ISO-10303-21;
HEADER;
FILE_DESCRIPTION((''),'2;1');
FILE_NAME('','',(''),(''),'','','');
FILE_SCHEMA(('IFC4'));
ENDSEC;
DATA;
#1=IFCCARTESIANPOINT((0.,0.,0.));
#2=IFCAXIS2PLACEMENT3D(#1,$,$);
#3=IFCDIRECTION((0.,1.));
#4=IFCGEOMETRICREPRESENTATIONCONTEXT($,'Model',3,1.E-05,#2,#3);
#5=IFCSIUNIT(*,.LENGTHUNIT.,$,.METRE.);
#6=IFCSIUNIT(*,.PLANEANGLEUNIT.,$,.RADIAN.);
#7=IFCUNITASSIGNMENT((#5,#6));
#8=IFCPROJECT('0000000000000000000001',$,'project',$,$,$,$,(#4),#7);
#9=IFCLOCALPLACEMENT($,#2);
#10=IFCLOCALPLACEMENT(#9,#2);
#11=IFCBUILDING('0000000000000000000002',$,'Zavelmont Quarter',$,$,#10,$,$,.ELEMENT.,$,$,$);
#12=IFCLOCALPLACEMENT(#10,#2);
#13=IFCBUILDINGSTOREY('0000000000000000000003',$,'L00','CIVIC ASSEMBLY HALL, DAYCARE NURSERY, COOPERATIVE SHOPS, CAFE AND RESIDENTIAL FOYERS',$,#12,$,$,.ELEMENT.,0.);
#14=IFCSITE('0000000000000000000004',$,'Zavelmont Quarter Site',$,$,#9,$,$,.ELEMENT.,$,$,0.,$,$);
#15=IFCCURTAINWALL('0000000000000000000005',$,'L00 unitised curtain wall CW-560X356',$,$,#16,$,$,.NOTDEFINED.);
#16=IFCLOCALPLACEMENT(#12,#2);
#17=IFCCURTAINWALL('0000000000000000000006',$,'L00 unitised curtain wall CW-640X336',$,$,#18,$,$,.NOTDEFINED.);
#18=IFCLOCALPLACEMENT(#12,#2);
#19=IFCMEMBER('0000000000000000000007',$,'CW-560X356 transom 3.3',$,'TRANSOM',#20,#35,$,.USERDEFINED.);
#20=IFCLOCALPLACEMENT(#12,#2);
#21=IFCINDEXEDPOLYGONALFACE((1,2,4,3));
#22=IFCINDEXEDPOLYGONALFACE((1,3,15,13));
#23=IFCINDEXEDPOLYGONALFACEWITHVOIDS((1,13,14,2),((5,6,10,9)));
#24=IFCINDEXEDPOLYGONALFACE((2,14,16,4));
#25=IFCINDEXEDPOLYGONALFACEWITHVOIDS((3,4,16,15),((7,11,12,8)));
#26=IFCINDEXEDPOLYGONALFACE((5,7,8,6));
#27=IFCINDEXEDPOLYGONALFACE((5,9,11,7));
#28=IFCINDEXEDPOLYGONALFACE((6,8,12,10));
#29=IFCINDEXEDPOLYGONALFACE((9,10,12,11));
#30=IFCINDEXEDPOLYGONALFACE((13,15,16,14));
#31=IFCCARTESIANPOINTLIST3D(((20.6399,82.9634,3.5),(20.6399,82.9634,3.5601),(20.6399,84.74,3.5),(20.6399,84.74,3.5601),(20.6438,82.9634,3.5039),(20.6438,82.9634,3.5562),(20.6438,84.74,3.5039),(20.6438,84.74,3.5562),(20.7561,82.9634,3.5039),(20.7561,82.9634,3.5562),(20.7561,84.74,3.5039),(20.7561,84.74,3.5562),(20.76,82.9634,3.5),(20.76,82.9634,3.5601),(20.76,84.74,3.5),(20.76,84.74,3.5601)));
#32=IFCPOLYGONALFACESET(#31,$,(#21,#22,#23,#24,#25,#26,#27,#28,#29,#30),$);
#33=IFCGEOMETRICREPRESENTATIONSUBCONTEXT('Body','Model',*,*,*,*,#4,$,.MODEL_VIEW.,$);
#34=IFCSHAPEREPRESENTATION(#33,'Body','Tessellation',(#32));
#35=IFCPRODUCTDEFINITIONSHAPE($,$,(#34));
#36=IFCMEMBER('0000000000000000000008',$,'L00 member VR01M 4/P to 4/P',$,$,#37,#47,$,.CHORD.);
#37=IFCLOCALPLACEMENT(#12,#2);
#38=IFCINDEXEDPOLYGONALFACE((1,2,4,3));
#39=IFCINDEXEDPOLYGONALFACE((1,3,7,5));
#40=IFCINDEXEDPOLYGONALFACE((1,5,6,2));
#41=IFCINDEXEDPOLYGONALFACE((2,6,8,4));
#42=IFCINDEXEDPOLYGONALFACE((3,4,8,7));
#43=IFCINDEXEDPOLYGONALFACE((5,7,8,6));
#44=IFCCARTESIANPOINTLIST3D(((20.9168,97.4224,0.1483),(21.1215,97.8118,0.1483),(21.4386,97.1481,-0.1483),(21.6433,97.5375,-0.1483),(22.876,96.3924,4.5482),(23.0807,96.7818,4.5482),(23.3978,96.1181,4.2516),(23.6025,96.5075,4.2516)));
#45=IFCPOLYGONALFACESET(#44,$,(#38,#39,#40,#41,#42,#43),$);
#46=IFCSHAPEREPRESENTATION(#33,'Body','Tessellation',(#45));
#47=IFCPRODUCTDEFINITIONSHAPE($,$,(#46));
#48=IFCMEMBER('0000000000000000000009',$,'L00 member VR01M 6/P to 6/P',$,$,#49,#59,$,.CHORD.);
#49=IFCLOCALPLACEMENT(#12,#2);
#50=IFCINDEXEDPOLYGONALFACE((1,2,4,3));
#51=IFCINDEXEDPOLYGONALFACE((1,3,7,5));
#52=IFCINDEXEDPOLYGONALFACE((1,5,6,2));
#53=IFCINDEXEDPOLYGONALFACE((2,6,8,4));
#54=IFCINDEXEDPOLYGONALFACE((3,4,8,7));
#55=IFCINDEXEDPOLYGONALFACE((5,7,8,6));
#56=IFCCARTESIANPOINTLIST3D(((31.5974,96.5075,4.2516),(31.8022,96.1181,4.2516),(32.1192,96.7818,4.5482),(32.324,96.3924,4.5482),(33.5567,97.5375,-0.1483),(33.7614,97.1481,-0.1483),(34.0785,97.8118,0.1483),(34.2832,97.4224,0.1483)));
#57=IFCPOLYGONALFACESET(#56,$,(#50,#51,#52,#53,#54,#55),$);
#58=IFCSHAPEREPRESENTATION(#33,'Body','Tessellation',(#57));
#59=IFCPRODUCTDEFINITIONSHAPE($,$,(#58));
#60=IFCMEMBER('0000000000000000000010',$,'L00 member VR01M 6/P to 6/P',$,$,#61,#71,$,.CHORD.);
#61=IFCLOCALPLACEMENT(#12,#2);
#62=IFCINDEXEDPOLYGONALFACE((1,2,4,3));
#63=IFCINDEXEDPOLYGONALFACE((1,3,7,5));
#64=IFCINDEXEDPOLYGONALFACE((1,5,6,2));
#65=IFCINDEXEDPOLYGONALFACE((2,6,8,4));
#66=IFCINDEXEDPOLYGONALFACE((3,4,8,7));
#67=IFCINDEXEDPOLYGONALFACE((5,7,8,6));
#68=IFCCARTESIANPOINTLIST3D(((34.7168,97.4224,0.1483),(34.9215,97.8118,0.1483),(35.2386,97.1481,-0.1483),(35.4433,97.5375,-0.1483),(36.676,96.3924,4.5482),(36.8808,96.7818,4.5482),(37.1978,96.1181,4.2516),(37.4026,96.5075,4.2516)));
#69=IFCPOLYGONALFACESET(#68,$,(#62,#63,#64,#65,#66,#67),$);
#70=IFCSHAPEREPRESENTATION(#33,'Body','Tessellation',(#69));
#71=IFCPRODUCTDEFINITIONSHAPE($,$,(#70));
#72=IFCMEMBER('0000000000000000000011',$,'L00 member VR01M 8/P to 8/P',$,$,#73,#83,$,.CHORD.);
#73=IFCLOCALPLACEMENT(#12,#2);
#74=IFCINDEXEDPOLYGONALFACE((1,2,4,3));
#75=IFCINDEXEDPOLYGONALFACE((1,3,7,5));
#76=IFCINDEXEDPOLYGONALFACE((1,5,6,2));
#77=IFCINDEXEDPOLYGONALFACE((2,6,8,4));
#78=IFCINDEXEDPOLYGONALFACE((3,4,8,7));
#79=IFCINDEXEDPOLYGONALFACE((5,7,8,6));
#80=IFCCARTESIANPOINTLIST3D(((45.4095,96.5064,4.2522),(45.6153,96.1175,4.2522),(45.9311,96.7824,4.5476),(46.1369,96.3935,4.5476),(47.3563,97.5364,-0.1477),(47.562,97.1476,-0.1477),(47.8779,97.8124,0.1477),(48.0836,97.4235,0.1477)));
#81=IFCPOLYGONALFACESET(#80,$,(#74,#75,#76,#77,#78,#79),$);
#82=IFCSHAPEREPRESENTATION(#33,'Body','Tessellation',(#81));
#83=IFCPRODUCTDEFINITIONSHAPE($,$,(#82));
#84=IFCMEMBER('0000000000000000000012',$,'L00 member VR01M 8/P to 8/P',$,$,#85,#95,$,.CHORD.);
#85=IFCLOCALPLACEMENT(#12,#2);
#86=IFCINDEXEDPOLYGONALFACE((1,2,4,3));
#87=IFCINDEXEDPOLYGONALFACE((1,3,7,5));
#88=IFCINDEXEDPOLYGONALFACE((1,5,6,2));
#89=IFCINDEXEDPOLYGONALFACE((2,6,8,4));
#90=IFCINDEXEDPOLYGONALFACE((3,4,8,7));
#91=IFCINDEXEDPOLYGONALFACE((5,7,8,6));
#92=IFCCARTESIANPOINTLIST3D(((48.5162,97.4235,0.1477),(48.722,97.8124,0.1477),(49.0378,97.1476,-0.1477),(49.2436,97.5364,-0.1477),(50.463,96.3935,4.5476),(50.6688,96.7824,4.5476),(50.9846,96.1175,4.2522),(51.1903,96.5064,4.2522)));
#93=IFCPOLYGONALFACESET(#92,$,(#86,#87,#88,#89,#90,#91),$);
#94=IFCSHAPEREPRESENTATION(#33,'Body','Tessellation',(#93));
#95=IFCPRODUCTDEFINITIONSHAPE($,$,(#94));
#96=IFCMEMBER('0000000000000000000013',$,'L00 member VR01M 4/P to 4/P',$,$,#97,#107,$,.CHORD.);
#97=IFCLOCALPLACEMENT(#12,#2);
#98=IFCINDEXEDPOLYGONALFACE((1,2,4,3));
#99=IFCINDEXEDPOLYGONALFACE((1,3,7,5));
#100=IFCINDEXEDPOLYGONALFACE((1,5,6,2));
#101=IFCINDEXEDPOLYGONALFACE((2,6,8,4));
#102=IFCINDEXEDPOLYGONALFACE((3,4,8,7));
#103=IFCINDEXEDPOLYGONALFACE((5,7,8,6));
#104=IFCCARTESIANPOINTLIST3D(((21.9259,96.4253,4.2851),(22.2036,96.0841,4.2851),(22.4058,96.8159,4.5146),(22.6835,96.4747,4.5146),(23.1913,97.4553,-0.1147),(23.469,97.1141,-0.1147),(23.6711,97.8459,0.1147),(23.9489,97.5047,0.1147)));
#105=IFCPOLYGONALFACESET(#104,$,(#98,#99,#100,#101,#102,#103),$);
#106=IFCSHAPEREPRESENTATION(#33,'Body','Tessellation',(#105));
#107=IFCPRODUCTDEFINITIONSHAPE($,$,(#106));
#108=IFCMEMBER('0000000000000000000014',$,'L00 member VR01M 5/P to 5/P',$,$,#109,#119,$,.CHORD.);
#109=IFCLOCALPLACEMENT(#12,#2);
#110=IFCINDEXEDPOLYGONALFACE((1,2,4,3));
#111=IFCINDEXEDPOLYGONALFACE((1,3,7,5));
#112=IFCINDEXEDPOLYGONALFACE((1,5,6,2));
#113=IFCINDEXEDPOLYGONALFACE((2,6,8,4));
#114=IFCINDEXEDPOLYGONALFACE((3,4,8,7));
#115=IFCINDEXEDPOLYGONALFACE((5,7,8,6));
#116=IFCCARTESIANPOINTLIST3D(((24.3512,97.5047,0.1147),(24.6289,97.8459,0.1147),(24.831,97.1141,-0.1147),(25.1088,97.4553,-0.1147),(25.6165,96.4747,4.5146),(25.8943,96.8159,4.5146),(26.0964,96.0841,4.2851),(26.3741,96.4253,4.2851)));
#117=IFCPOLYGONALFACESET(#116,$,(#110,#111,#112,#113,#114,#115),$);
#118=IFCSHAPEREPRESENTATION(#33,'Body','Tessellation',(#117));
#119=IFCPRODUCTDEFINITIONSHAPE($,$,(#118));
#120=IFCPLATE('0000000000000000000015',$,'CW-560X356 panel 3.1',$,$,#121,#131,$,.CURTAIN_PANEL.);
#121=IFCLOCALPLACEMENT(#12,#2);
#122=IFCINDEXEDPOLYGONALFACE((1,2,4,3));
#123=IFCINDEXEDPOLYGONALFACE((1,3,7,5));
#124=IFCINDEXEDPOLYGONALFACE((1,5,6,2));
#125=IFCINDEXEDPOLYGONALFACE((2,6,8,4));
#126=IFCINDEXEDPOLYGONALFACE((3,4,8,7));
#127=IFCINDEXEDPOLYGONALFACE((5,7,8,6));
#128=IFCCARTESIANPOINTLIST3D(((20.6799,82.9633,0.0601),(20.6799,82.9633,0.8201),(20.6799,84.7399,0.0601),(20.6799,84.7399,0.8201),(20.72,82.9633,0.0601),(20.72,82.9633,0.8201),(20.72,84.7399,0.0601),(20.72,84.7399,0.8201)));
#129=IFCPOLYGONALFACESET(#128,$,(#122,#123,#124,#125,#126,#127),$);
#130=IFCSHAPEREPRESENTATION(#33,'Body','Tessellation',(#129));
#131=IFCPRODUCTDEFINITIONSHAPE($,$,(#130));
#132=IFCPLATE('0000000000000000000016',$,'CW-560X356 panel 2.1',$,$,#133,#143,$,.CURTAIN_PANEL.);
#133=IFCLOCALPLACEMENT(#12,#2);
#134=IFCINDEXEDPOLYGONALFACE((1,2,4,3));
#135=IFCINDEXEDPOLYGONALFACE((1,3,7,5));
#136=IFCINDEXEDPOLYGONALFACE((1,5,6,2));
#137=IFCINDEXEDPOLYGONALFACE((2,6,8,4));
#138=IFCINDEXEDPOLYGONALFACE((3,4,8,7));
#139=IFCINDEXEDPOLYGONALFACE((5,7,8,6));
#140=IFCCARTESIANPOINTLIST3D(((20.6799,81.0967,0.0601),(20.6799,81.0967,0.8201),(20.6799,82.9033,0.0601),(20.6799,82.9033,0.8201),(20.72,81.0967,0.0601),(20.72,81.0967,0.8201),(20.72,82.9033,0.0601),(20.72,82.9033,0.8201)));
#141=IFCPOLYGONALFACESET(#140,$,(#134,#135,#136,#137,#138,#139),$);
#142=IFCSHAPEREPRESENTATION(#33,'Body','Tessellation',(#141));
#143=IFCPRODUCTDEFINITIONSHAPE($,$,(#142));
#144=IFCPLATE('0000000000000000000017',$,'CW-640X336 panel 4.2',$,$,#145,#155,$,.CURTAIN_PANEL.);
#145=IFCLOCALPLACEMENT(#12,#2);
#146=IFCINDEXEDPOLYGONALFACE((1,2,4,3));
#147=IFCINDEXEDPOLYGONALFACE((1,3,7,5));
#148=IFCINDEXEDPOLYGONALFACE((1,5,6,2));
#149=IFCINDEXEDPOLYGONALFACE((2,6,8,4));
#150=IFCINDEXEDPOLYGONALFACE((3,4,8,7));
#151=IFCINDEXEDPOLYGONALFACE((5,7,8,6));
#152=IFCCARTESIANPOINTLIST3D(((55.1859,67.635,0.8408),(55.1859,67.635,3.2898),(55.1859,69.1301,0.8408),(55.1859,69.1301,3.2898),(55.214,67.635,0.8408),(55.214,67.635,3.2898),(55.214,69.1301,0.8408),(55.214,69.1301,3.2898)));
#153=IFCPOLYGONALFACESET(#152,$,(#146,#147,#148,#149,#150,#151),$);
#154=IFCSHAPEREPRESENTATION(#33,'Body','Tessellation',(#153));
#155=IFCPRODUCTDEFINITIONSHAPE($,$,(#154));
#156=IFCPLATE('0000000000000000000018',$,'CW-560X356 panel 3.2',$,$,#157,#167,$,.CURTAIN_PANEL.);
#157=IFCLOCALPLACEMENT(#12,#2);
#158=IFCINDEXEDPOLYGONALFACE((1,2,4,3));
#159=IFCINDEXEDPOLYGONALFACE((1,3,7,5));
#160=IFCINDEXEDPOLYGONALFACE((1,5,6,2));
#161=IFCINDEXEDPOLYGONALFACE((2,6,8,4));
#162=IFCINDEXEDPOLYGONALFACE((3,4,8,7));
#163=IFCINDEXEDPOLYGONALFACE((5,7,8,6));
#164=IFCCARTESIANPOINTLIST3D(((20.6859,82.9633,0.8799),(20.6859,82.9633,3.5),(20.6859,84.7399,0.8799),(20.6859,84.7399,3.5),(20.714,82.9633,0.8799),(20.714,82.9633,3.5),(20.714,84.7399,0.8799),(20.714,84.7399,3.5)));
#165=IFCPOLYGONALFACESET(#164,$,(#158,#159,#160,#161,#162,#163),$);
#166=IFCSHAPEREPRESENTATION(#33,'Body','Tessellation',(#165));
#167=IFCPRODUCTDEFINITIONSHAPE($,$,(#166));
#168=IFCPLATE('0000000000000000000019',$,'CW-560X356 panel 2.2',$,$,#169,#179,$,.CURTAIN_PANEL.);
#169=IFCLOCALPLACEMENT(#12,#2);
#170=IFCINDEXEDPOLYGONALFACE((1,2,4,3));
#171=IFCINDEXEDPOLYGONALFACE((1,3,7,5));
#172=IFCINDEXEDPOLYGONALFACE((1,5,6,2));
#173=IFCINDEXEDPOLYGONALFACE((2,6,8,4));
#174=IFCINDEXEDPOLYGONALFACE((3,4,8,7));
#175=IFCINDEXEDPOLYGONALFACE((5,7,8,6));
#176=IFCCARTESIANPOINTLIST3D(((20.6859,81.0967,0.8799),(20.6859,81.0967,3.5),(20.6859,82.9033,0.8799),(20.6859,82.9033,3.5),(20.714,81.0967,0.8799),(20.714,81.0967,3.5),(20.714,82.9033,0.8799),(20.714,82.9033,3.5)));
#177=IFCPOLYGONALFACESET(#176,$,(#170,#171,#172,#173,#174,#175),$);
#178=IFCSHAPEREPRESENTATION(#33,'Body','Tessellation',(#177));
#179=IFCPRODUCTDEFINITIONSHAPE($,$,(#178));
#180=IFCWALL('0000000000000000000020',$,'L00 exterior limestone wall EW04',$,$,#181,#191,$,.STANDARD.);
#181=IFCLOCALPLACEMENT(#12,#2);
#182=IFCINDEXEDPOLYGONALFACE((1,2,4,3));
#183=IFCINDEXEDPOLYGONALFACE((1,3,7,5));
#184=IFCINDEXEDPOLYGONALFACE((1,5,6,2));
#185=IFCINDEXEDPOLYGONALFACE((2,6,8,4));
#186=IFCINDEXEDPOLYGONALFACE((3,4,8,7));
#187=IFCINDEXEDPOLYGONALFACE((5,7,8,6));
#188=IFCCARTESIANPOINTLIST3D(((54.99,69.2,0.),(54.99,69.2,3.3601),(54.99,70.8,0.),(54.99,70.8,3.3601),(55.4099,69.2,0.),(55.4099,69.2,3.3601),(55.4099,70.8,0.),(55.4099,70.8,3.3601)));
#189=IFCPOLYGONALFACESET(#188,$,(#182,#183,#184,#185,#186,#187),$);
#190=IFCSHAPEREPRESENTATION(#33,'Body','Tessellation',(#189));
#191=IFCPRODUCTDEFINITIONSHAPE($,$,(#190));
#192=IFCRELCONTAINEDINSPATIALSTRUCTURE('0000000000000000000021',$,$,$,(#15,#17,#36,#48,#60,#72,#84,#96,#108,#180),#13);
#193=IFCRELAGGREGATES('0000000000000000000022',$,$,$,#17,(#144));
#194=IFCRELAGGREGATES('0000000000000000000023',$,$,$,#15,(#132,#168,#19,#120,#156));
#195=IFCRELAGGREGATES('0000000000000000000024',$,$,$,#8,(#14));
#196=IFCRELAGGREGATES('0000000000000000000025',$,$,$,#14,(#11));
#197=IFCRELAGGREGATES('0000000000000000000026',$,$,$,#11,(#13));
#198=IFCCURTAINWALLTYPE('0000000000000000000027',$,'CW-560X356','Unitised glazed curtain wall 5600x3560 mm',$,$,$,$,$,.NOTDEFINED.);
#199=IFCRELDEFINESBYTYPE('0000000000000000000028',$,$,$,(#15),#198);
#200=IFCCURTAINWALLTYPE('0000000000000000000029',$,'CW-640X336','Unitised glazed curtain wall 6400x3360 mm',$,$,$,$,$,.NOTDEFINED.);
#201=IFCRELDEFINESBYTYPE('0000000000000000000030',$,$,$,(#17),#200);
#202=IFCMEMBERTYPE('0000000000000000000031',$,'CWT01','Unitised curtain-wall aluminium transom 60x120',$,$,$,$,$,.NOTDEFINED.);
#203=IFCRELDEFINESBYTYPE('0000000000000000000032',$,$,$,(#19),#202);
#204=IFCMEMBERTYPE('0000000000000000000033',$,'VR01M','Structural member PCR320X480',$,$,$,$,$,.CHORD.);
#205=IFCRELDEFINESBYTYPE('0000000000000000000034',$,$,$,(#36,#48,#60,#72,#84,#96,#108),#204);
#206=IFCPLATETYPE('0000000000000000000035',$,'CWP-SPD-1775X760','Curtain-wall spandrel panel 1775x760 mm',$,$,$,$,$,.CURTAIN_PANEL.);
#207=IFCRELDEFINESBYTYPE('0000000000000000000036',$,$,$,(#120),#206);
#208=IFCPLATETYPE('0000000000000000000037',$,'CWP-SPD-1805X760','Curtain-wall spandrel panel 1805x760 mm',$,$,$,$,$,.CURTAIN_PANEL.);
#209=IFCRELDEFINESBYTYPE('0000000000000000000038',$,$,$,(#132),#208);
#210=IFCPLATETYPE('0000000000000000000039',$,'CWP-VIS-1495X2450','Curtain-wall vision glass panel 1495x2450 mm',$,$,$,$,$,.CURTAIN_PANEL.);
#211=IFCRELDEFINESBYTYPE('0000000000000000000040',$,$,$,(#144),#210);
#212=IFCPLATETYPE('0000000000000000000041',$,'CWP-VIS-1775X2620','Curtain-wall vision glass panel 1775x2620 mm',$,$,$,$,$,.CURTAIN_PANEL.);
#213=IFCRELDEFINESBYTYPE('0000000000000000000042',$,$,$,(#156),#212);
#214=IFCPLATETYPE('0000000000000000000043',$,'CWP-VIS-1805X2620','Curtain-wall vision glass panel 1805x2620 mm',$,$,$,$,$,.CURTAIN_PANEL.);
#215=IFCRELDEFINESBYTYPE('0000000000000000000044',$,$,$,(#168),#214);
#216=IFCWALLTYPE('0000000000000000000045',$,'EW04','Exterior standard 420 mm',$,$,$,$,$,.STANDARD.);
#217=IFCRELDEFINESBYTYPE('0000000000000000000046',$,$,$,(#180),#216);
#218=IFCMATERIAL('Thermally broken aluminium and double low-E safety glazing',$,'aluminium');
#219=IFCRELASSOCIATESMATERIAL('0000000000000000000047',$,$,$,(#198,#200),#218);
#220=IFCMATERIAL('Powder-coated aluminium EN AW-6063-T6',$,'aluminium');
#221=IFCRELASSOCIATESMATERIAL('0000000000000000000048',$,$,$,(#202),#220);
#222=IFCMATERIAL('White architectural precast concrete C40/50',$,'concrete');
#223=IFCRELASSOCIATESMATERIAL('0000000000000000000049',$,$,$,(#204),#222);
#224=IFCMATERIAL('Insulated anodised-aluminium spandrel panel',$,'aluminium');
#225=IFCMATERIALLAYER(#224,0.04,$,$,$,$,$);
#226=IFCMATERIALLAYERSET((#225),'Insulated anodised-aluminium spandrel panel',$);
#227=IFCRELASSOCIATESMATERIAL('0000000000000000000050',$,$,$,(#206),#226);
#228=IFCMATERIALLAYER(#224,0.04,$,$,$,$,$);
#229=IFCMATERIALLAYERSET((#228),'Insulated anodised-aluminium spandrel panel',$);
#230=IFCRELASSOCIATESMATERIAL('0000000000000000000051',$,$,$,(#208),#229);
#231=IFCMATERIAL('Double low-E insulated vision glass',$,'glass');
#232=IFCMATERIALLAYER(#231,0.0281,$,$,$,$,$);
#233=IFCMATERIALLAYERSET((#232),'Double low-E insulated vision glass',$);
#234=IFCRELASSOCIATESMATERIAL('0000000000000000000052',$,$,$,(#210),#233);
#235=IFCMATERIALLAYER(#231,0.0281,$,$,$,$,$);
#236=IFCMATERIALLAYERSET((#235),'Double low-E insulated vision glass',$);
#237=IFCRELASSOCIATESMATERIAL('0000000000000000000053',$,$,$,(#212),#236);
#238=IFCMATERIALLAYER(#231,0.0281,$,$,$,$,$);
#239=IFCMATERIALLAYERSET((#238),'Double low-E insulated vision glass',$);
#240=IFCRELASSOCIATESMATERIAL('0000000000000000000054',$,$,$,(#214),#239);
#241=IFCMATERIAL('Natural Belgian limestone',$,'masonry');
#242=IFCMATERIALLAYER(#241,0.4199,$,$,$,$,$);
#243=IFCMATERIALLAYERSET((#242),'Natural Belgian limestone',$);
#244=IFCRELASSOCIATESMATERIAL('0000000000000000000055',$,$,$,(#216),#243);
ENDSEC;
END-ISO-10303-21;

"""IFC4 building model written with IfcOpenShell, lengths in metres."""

from ifc_helpers import new_model, si_unit, direction, frame, frame_2d, origin, origin_2d, place, context, subcontext, project, spatial, rectangle, hollow_rectangle, extrude, material, layer, layer_set, material_profile, profile_set, type_object, element, aggregate, save


model = new_model("IFC4")

# Units and contexts
model_context = context("Model", 3, precision=1e-05, world=origin(), true_north=direction((0.0, 1.0)))
body_context = subcontext(model_context, "Body", "Model", "MODEL_VIEW")
ifc_project = project(units=[si_unit("LENGTHUNIT", "METRE"), si_unit("PLANEANGLEUNIT", "RADIAN")], contexts=[model_context])

# Site, building, storey
site_placement = place(None, origin())
site = spatial("IfcSite", under=ifc_project, at=site_placement, Name="Zavelmont Quarter Site", CompositionType="ELEMENT", RefElevation=0.0)
building_placement = place(site_placement, origin())
building = spatial("IfcBuilding", under=site, at=building_placement, Name="Zavelmont Quarter", CompositionType="ELEMENT")
storey_placement = place(building_placement, origin())
storey = spatial("IfcBuildingStorey", under=building, at=storey_placement, Name="L00", Description="CIVIC ASSEMBLY HALL, DAYCARE NURSERY, COOPERATIVE SHOPS, CAFE AND RESIDENTIAL FOYERS", CompositionType="ELEMENT", Elevation=0.0)

# Curtain wall
ifc_material_1 = material(Name="Thermally broken aluminium and double low-E safety glazing", Category="aluminium")
curtain_wall_type_1 = type_object("IfcCurtainWallType", Name="CW-560X356", Description="Unitised glazed curtain wall 5600x3560 mm", PredefinedType="NOTDEFINED", material=ifc_material_1)
curtain_wall_1_placement = place(storey_placement, origin())
curtain_wall_1 = element("IfcCurtainWall", 1, at=curtain_wall_1_placement, inside=storey, type_object=curtain_wall_type_1, Name="L00 unitised curtain wall CW-560X356", PredefinedType="NOTDEFINED")
ifc_material_2 = material(Name="Powder-coated aluminium EN AW-6063-T6", Category="aluminium")

# Curtain wall
curtain_wall_type_2 = type_object("IfcCurtainWallType", Name="CW-640X336", Description="Unitised glazed curtain wall 6400x3360 mm", PredefinedType="NOTDEFINED", material=ifc_material_1)
curtain_wall_2_placement = place(storey_placement, origin())
curtain_wall_2 = element("IfcCurtainWall", 2, at=curtain_wall_2_placement, inside=storey, type_object=curtain_wall_type_2, Name="L00 unitised curtain wall CW-640X336", PredefinedType="NOTDEFINED")

# Member
ifc_material_profile_1 = material_profile(ifc_material_2, hollow_rectangle(XDim=0.1201, YDim=0.0601, WallThickness=0.0039, at=origin_2d()), Name="CWT60X120")
ifc_profile_set_1 = profile_set([ifc_material_profile_1], Name="Powder-coated aluminium EN AW-6063-T6")
member_type_1 = type_object("IfcMemberType", Name="CWT01", Description="Unitised curtain-wall aluminium transom 60x120", PredefinedType="NOTDEFINED", material=ifc_profile_set_1)
member_1_placement = place(storey_placement, frame((20.7, 82.9634, 3.53), z_axis=(0.0, 1.0, 0.0), x_axis=(-1.0, 0.0, 0.0)))
member_1 = element("IfcMember", 3, at=member_1_placement, type_object=member_type_1, Name="CW-560X356 transom 3.3", ObjectType="TRANSOM", PredefinedType="USERDEFINED", context=body_context, shape_type="SweptSolid", body=[
    extrude(hollow_rectangle(XDim=0.1201, YDim=0.0601, WallThickness=0.0039, at=origin_2d()), origin(), (0.0, 0.0, 1.0), 1.7766),
])

# Members
ifc_material_3 = material(Name="White architectural precast concrete C40/50", Category="concrete")
ifc_material_profile_2 = material_profile(ifc_material_3, rectangle(XDim=0.4399, YDim=0.6599, at=origin_2d()), Name="PCR320X480")
ifc_profile_set_2 = profile_set([ifc_material_profile_2], Name="White architectural precast concrete C40/50")
member_type_2 = type_object("IfcMemberType", Name="VR01M", Description="Structural member PCR320X480", PredefinedType="CHORD", material=ifc_profile_set_2)
for number, where, z_axis, x_axis, name in (
    (4, (21.28, 97.48, 0.0), (0.397788, -0.20913, 0.893325), (0.465342, 0.885131, 0.0), "L00 member VR01M 4/P to 4/P"),
    (5, (33.9199, 97.48, 0.0), (-0.397788, -0.20913, 0.893325), (0.465342, -0.885131, 0.0), "L00 member VR01M 6/P to 6/P"),
    (6, (35.0801, 97.48, 0.0), (0.397788, -0.20913, 0.893325), (0.465342, 0.885131, 0.0), "L00 member VR01M 6/P to 6/P"),
):
    element("IfcMember", number, at=place(storey_placement, frame(where, z_axis=z_axis, x_axis=x_axis)), inside=storey, type_object=member_type_2, Name=name, PredefinedType="CHORD", context=body_context, shape_type="SweptSolid", body=[
        extrude(rectangle(XDim=0.4399, YDim=0.6599, at=origin_2d()), origin(), (0.0, 0.0, 1.0), 4.9253),
    ])
for number, where, z_axis, x_axis, name in (
    (7, (47.72, 97.48, 0.0), (-0.395657, -0.20934, 0.894222), (0.467669, -0.883904, 0.0), "L00 member VR01M 8/P to 8/P"),
    (8, (48.8799, 97.48, 0.0), (0.395657, -0.20934, 0.894222), (0.467669, 0.883904, 0.0), "L00 member VR01M 8/P to 8/P"),
):
    element("IfcMember", number, at=place(storey_placement, frame(where, z_axis=z_axis, x_axis=x_axis)), inside=storey, type_object=member_type_2, Name=name, PredefinedType="CHORD", context=body_context, shape_type="SweptSolid", body=[
        extrude(rectangle(XDim=0.4399, YDim=0.6599, at=origin_2d()), origin(), (0.0, 0.0, 1.0), 4.9204),
    ])
for number, where, z_axis, x_axis, name in (
    (9, (23.5701, 97.48, 0.0), (-0.26965, -0.219497, 0.937609), (0.631297, -0.775542, 0.0), "L00 member VR01M 4/P to 4/P"),
    (10, (24.73, 97.48, 0.0), (0.26965, -0.219497, 0.937609), (0.631297, 0.775542, 0.0), "L00 member VR01M 5/P to 5/P"),
):
    element("IfcMember", number, at=place(storey_placement, frame(where, z_axis=z_axis, x_axis=x_axis)), inside=storey, type_object=member_type_2, Name=name, PredefinedType="CHORD", context=body_context, shape_type="SweptSolid", body=[
        extrude(rectangle(XDim=0.4399, YDim=0.6599, at=origin_2d()), origin(), (0.0, 0.0, 1.0), 4.6926),
    ])

# Plates
ifc_material_4 = material(Name="Insulated anodised-aluminium spandrel panel", Category="aluminium")
ifc_layer_1 = layer(ifc_material_4, 0.04)
ifc_layer_set_1 = layer_set([ifc_layer_1], Name="Insulated anodised-aluminium spandrel panel")
plate_type_1 = type_object("IfcPlateType", Name="CWP-SPD-1775X760", Description="Curtain-wall spandrel panel 1775x760 mm", PredefinedType="CURTAIN_PANEL", material=ifc_layer_set_1)
plate_1_placement = place(storey_placement, frame((20.7, 83.8516, 0.0601), z_axis=(0.0, 0.0, 1.0), x_axis=(0.0, 1.0, 0.0)))
plate_1 = element("IfcPlate", 11, at=plate_1_placement, type_object=plate_type_1, Name="CW-560X356 panel 3.1", PredefinedType="CURTAIN_PANEL", context=body_context, shape_type="SweptSolid", body=[
    extrude(rectangle(XDim=1.7766, YDim=0.04, at=origin_2d()), origin(), (0.0, 0.0, 1.0), 0.76),
])
ifc_layer_2 = layer(ifc_material_4, 0.04)
ifc_layer_set_2 = layer_set([ifc_layer_2], Name="Insulated anodised-aluminium spandrel panel")
plate_type_2 = type_object("IfcPlateType", Name="CWP-SPD-1805X760", Description="Curtain-wall spandrel panel 1805x760 mm", PredefinedType="CURTAIN_PANEL", material=ifc_layer_set_2)
plate_2_placement = place(storey_placement, frame((20.7, 82.0, 0.0601), z_axis=(0.0, 0.0, 1.0), x_axis=(0.0, 1.0, 0.0)))
plate_2 = element("IfcPlate", 12, at=plate_2_placement, type_object=plate_type_2, Name="CW-560X356 panel 2.1", PredefinedType="CURTAIN_PANEL", context=body_context, shape_type="SweptSolid", body=[
    extrude(rectangle(XDim=1.8066, YDim=0.04, at=origin_2d()), origin(), (0.0, 0.0, 1.0), 0.76),
])
ifc_material_5 = material(Name="Double low-E insulated vision glass", Category="glass")
ifc_layer_3 = layer(ifc_material_5, 0.0281)
ifc_layer_set_3 = layer_set([ifc_layer_3], Name="Double low-E insulated vision glass")
plate_type_3 = type_object("IfcPlateType", Name="CWP-VIS-1495X2450", Description="Curtain-wall vision glass panel 1495x2450 mm", PredefinedType="CURTAIN_PANEL", material=ifc_layer_set_3)
plate_3_placement = place(storey_placement, frame((55.2, 68.3826, 0.8408), z_axis=(0.0, 0.0, 1.0), x_axis=(0.0, 1.0, 0.0)))
plate_3 = element("IfcPlate", 13, at=plate_3_placement, type_object=plate_type_3, Name="CW-640X336 panel 4.2", PredefinedType="CURTAIN_PANEL", context=body_context, shape_type="SweptSolid", body=[
    extrude(rectangle(XDim=1.4951, YDim=0.0281, at=origin_2d()), origin(), (0.0, 0.0, 1.0), 2.449),
])
aggregate(curtain_wall_2, [plate_3])
ifc_layer_4 = layer(ifc_material_5, 0.0281)
ifc_layer_set_4 = layer_set([ifc_layer_4], Name="Double low-E insulated vision glass")
plate_type_4 = type_object("IfcPlateType", Name="CWP-VIS-1775X2620", Description="Curtain-wall vision glass panel 1775x2620 mm", PredefinedType="CURTAIN_PANEL", material=ifc_layer_set_4)
plate_4_placement = place(storey_placement, frame((20.7, 83.8516, 0.8799), z_axis=(0.0, 0.0, 1.0), x_axis=(0.0, 1.0, 0.0)))
plate_4 = element("IfcPlate", 14, at=plate_4_placement, type_object=plate_type_4, Name="CW-560X356 panel 3.2", PredefinedType="CURTAIN_PANEL", context=body_context, shape_type="SweptSolid", body=[
    extrude(rectangle(XDim=1.7766, YDim=0.0281, at=origin_2d()), origin(), (0.0, 0.0, 1.0), 2.6201),
])
ifc_layer_5 = layer(ifc_material_5, 0.0281)
ifc_layer_set_5 = layer_set([ifc_layer_5], Name="Double low-E insulated vision glass")
plate_type_5 = type_object("IfcPlateType", Name="CWP-VIS-1805X2620", Description="Curtain-wall vision glass panel 1805x2620 mm", PredefinedType="CURTAIN_PANEL", material=ifc_layer_set_5)
plate_5_placement = place(storey_placement, frame((20.7, 82.0, 0.8799), z_axis=(0.0, 0.0, 1.0), x_axis=(0.0, 1.0, 0.0)))
plate_5 = element("IfcPlate", 15, at=plate_5_placement, type_object=plate_type_5, Name="CW-560X356 panel 2.2", PredefinedType="CURTAIN_PANEL", context=body_context, shape_type="SweptSolid", body=[
    extrude(rectangle(XDim=1.8066, YDim=0.0281, at=origin_2d()), origin(), (0.0, 0.0, 1.0), 2.6201),
])
aggregate(curtain_wall_1, [plate_2, plate_5, member_1, plate_1, plate_4])

# Wall
ifc_material_6 = material(Name="Natural Belgian limestone", Category="masonry")
ifc_layer_6 = layer(ifc_material_6, 0.4199)
ifc_layer_set_6 = layer_set([ifc_layer_6], Name="Natural Belgian limestone")
wall_type_1 = type_object("IfcWallType", Name="EW04", Description="Exterior standard 420 mm", PredefinedType="STANDARD", material=ifc_layer_set_6)
wall_1_placement = place(storey_placement, frame((55.2, 69.2, 0.0), z_axis=(0.0, 0.0, 1.0), x_axis=(0.0, 1.0, 0.0)))
element("IfcWall", 16, at=wall_1_placement, inside=storey, type_object=wall_type_1, Name="L00 exterior limestone wall EW04", PredefinedType="STANDARD", context=body_context, shape_type="SweptSolid", body=[
    extrude(rectangle(XDim=1.6001, YDim=0.4199, at=frame_2d((0.8, 0.0))), origin(), (0.0, 0.0, 1.0), 3.3601),
])

save(model, "model.ifc")
